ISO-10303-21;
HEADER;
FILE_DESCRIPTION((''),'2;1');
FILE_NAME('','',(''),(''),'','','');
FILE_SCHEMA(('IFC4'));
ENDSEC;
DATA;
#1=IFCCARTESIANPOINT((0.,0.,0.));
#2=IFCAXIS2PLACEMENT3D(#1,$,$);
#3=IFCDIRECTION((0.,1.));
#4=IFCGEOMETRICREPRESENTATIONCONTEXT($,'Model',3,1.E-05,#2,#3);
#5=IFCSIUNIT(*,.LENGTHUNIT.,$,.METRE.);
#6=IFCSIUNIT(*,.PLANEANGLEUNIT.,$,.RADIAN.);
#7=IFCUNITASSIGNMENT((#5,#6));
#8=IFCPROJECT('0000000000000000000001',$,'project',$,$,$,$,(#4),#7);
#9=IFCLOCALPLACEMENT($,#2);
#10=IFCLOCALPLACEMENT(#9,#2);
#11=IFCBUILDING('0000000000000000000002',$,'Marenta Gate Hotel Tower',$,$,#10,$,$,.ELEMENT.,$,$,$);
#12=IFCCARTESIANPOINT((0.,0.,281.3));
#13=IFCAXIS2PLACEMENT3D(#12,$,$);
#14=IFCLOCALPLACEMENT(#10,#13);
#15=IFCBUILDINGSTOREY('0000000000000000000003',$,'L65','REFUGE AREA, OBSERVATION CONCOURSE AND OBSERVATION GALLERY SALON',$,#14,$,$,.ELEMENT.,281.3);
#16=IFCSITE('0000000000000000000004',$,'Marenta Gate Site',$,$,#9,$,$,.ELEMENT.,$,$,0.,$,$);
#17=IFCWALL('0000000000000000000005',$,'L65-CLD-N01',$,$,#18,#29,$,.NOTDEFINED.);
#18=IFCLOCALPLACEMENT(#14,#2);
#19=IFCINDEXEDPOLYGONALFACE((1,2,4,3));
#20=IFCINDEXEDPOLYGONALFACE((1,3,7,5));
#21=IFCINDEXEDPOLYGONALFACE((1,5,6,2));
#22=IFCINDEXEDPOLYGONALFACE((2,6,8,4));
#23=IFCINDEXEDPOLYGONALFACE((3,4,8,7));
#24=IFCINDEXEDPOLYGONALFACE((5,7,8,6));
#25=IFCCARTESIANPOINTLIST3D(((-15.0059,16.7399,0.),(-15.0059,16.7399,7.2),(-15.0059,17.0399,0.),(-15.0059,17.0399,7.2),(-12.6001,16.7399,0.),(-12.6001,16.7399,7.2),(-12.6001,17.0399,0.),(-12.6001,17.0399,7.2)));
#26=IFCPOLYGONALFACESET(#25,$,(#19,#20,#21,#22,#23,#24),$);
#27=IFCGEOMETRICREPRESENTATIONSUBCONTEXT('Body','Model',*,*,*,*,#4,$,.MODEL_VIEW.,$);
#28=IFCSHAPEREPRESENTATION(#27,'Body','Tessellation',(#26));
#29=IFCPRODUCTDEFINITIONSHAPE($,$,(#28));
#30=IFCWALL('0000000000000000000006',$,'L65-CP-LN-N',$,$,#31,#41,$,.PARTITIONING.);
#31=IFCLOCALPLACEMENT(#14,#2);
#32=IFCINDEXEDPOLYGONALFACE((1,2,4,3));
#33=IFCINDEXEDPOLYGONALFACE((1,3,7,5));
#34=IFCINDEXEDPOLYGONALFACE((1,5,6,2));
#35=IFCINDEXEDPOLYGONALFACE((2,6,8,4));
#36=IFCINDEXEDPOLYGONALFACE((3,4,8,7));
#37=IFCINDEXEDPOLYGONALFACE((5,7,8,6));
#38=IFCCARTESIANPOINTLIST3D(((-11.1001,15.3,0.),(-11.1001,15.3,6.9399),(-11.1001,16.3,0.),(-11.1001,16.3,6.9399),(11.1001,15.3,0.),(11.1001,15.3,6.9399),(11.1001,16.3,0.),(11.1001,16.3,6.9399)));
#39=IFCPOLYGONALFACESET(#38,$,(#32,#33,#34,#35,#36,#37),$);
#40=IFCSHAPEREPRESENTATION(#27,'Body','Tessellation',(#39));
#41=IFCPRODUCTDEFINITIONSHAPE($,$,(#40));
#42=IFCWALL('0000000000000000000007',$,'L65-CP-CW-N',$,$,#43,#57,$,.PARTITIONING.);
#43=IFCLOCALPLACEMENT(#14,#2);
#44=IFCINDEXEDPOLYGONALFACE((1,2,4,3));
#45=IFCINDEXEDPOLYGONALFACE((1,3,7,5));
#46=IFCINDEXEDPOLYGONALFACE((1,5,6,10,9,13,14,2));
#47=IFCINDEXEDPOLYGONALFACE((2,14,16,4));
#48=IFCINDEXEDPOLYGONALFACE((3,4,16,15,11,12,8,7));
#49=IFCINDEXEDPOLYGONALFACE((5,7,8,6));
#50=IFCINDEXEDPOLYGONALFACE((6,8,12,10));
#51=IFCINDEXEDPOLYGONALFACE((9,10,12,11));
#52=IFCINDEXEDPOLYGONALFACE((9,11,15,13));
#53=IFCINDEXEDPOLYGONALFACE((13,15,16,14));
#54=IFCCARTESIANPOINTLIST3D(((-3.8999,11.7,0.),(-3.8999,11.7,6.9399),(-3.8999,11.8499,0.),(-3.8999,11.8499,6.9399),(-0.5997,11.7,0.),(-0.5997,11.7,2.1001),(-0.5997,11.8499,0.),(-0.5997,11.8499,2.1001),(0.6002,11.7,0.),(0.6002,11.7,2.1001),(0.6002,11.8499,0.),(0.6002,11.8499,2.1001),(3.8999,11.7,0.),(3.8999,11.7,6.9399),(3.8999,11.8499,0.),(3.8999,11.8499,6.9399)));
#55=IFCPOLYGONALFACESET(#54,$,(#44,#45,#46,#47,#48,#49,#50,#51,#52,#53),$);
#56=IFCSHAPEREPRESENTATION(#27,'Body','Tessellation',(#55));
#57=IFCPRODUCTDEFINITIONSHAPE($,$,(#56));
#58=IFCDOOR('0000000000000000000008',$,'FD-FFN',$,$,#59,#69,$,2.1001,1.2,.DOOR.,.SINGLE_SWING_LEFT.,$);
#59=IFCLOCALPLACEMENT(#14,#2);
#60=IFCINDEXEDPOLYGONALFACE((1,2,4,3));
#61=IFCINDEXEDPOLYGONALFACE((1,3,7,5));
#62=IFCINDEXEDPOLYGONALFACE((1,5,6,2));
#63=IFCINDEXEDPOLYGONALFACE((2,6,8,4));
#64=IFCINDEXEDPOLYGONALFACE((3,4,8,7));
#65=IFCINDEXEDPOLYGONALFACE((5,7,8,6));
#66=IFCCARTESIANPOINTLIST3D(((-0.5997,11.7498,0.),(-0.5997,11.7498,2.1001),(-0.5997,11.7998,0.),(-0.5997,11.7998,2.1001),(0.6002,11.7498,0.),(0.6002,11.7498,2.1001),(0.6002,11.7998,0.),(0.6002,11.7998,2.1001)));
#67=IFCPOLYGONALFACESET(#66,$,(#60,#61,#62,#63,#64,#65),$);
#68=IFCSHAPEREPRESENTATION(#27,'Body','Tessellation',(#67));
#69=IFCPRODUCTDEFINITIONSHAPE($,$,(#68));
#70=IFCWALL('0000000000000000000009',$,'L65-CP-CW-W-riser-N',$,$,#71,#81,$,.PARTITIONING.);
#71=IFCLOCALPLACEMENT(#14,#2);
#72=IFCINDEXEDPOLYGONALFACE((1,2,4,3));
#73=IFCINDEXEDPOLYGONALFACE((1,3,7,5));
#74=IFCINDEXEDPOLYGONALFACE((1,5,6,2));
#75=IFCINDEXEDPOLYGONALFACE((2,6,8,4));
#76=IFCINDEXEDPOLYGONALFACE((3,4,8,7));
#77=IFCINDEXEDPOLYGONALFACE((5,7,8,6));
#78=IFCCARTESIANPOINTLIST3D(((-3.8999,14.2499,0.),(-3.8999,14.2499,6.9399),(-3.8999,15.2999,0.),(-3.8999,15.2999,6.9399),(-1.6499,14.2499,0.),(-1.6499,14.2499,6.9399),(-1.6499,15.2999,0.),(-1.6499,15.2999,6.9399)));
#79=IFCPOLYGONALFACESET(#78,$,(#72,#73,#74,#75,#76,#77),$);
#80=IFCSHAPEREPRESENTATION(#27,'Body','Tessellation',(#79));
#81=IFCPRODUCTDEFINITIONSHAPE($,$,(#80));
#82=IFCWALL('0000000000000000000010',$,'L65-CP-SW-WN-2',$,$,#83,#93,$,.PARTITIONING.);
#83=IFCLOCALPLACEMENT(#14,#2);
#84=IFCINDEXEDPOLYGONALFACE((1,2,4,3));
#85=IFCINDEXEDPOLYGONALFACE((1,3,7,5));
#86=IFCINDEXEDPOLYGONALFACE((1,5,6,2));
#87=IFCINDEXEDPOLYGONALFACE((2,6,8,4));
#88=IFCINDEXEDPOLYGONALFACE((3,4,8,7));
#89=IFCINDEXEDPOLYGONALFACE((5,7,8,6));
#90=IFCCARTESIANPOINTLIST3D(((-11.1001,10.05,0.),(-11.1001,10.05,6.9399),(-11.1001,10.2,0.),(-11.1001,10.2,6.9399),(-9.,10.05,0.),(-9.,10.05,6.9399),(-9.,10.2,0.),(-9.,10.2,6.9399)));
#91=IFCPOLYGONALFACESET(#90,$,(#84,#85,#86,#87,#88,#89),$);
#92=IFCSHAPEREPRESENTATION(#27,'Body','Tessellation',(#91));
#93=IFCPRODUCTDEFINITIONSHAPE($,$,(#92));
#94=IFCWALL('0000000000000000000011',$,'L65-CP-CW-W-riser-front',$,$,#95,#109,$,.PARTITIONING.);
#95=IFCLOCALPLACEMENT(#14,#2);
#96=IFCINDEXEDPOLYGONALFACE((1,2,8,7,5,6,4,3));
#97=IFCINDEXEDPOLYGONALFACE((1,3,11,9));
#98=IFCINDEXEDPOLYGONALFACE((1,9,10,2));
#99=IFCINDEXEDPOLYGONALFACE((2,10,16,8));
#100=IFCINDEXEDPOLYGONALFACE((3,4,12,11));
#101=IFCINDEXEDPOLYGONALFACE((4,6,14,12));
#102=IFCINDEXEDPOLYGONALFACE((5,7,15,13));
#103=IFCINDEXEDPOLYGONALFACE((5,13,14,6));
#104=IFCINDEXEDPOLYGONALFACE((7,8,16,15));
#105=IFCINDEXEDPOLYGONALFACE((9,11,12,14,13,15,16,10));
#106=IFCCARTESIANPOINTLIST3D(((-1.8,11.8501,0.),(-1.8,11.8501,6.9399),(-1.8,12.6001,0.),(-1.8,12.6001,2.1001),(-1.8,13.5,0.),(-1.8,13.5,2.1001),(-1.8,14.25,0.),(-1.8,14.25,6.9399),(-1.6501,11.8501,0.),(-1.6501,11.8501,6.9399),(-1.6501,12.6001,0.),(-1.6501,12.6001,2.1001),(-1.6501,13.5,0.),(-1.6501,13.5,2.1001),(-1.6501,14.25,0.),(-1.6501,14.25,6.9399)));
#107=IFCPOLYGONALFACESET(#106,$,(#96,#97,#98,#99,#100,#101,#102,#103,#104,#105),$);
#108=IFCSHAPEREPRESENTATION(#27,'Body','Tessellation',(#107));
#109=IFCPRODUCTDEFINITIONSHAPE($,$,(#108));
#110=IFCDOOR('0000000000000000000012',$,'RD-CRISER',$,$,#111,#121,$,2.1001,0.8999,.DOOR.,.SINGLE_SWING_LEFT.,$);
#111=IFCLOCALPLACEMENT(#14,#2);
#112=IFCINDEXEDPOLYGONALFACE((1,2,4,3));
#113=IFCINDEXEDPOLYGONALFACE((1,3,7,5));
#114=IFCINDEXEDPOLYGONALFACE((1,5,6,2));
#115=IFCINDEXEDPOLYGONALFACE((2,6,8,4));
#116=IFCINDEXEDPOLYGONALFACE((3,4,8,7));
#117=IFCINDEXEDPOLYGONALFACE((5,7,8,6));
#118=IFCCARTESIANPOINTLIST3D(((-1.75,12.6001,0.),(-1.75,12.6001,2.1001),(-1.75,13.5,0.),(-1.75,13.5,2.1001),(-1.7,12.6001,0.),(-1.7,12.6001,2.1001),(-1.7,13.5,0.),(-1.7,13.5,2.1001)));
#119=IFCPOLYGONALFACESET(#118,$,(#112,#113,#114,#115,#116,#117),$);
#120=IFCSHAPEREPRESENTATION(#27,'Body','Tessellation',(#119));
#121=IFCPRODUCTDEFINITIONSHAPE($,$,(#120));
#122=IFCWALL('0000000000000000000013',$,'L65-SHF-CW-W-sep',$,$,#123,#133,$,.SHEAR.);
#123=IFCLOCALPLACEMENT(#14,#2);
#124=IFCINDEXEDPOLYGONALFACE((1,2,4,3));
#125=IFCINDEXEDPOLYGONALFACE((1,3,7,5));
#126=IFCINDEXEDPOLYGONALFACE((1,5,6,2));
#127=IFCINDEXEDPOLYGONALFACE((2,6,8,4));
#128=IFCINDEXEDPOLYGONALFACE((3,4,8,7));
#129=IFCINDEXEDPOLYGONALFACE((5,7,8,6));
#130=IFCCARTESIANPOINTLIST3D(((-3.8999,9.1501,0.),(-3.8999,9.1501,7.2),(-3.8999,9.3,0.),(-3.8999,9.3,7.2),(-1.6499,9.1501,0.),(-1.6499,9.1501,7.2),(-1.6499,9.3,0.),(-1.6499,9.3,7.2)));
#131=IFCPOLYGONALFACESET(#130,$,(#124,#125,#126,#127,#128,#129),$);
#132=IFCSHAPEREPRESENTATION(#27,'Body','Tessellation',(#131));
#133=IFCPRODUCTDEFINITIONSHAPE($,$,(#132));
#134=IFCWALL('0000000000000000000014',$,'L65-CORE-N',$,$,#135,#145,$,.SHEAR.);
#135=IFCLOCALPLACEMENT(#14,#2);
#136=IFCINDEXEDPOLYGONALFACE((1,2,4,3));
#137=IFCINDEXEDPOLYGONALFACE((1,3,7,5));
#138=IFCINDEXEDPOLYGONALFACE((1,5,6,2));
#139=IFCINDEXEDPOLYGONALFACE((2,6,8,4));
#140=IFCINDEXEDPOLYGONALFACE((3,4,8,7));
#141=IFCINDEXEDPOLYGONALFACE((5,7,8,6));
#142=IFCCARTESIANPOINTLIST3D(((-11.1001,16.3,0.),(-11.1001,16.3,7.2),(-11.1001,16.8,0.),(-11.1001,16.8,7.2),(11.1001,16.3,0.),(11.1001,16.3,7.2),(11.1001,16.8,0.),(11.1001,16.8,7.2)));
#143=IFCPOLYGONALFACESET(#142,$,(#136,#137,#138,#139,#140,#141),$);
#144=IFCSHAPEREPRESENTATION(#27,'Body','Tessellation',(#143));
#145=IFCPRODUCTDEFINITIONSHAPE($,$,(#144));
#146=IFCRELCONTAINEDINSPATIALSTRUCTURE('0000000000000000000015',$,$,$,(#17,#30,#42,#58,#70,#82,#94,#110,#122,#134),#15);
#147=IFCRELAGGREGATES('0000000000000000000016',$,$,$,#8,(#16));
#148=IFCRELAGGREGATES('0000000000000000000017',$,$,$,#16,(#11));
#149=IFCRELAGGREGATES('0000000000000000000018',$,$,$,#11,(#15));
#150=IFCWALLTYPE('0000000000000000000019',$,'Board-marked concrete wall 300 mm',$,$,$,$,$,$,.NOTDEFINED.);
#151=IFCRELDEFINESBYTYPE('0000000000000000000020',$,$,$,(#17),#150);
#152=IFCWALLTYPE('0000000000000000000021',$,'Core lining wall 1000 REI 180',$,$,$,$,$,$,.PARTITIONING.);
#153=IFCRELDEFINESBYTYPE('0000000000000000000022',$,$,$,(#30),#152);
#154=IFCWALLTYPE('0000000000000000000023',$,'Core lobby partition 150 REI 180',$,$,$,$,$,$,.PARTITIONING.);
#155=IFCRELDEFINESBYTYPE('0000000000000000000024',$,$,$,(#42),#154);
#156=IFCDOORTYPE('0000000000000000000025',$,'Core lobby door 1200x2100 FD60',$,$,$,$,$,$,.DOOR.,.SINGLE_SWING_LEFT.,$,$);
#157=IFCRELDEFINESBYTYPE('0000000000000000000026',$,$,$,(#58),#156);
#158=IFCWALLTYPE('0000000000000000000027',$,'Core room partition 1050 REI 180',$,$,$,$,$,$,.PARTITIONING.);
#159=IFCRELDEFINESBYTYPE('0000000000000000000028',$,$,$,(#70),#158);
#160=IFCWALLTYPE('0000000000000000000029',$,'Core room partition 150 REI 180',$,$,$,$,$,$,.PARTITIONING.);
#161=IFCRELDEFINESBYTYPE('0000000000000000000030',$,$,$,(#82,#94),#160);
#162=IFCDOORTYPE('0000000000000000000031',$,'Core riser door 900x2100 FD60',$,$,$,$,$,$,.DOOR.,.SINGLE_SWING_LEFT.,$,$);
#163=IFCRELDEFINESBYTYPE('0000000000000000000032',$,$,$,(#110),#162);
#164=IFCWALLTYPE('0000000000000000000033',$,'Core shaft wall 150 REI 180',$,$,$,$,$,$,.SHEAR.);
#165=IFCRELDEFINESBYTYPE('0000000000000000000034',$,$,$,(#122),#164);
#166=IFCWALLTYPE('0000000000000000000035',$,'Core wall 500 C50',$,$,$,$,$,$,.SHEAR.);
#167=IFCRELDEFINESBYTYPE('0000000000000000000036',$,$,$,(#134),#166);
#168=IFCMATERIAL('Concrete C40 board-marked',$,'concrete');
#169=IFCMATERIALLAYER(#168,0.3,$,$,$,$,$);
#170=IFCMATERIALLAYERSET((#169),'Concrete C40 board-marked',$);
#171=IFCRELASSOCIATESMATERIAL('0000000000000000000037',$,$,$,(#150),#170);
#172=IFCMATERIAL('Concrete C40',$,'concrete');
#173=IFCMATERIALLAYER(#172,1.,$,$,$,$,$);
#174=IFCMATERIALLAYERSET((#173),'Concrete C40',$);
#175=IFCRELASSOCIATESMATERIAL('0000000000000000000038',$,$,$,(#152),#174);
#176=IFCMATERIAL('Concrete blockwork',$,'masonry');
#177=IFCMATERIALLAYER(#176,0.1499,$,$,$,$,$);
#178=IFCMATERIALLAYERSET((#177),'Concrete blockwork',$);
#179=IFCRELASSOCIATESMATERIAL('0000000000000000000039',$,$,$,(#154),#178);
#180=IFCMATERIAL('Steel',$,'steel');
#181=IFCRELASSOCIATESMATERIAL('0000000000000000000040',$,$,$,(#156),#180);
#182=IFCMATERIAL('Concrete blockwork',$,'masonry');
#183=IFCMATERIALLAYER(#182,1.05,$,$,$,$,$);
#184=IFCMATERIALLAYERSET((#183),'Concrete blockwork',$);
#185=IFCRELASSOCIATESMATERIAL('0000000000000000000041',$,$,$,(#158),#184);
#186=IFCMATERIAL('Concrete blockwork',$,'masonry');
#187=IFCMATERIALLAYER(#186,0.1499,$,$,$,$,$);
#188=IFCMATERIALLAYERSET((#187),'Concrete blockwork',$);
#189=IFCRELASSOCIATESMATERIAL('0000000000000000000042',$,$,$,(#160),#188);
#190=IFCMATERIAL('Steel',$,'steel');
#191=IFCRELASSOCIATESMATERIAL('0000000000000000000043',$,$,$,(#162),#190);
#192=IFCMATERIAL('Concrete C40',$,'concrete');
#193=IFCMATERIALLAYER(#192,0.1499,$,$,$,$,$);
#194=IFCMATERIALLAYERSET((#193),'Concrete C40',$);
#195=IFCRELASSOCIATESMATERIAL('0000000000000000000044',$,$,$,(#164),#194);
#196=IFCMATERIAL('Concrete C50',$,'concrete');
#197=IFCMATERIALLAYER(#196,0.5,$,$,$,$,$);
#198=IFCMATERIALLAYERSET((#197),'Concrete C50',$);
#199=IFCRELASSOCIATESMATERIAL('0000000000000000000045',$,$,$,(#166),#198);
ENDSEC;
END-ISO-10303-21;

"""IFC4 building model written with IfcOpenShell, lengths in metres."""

from ifc_helpers import new_model, si_unit, direction, frame, frame_2d, origin, place, context, subcontext, project, spatial, rectangle, extrude, material, layer, layer_set, type_object, element, fill, save


model = new_model("IFC4")

# Units and contexts
model_context = context("Model", 3, precision=1e-05, world=origin(), true_north=direction((0.0, 1.0)))
body_context = subcontext(model_context, "Body", "Model", "MODEL_VIEW")
ifc_project = project(units=[si_unit("LENGTHUNIT", "METRE"), si_unit("PLANEANGLEUNIT", "RADIAN")], contexts=[model_context])

# Site, building, storey
site_placement = place(None, origin())
site = spatial("IfcSite", under=ifc_project, at=site_placement, Name="Marenta Gate Site", CompositionType="ELEMENT", RefElevation=0.0)
building_placement = place(site_placement, origin())
building = spatial("IfcBuilding", under=site, at=building_placement, Name="Marenta Gate Hotel Tower", CompositionType="ELEMENT")
storey_placement = place(building_placement, frame((0.0, 0.0, 281.3)))
storey = spatial("IfcBuildingStorey", under=building, at=storey_placement, Name="L65", Description="REFUGE AREA, OBSERVATION CONCOURSE AND OBSERVATION GALLERY SALON", CompositionType="ELEMENT", Elevation=281.3)

# Walls
ifc_material_1 = material(Name="Concrete C40 board-marked", Category="concrete")
ifc_layer_1 = layer(ifc_material_1, 0.3)
ifc_layer_set_1 = layer_set([ifc_layer_1], Name="Concrete C40 board-marked")
wall_type_1 = type_object("IfcWallType", Name="Board-marked concrete wall 300 mm", PredefinedType="NOTDEFINED", material=ifc_layer_set_1)
wall_1_placement = place(storey_placement, frame((-12.6001, 16.8899, 0.0), z_axis=(0.0, 0.0, 1.0), x_axis=(-1.0, 0.0, 0.0)))
element("IfcWall", 1, at=wall_1_placement, inside=storey, type_object=wall_type_1, Name="L65-CLD-N01", PredefinedType="NOTDEFINED", context=body_context, shape_type="SweptSolid", body=[
    extrude(rectangle(XDim=2.4058, YDim=0.3, at=frame_2d((1.2029, 0.0))), origin(), (0.0, 0.0, 1.0), 7.2),
])
ifc_material_2 = material(Name="Concrete C40", Category="concrete")
ifc_layer_2 = layer(ifc_material_2, 1.0)
ifc_layer_set_2 = layer_set([ifc_layer_2], Name="Concrete C40")
wall_type_2 = type_object("IfcWallType", Name="Core lining wall 1000 REI 180", PredefinedType="PARTITIONING", material=ifc_layer_set_2)
wall_2_placement = place(storey_placement, frame((-11.1001, 15.8, 0.0), z_axis=(0.0, 0.0, 1.0), x_axis=(1.0, 0.0, 0.0)))
element("IfcWall", 2, at=wall_2_placement, inside=storey, type_object=wall_type_2, Name="L65-CP-LN-N", PredefinedType="PARTITIONING", context=body_context, shape_type="SweptSolid", body=[
    extrude(rectangle(XDim=22.2002, YDim=1.0, at=frame_2d((11.1001, 0.0))), origin(), (0.0, 0.0, 1.0), 6.9399),
])

# Wall, opening, door
ifc_material_3 = material(Name="Concrete blockwork", Category="masonry")
ifc_layer_3 = layer(ifc_material_3, 0.1499)
ifc_layer_set_3 = layer_set([ifc_layer_3], Name="Concrete blockwork")
wall_type_3 = type_object("IfcWallType", Name="Core lobby partition 150 REI 180", PredefinedType="PARTITIONING", material=ifc_layer_set_3)
wall_3_placement = place(storey_placement, frame((-3.8999, 11.7749, 0.0), z_axis=(0.0, 0.0, 1.0), x_axis=(1.0, 0.0, 0.0)))
wall_3 = element("IfcWall", 3, at=wall_3_placement, inside=storey, type_object=wall_type_3, Name="L65-CP-CW-N", PredefinedType="PARTITIONING", context=body_context, shape_type="SweptSolid", body=[
    extrude(rectangle(XDim=7.7998, YDim=0.1499, at=frame_2d((3.8999, 0.0))), origin(), (0.0, 0.0, 1.0), 6.9399),
])
opening_1_placement = place(wall_3_placement, frame((3.3, 0.0, 0.0)))
opening_1 = element("IfcOpeningElement", 4, at=opening_1_placement, cuts=wall_3, PredefinedType="OPENING", context=body_context, shape_type="SweptSolid", body=[
    extrude(rectangle(XDim=1.2, YDim=2.1001, at=frame_2d((0.6001, 1.05))), frame((0.0, 0.075, 0.0), z_axis=(0.0, -1.0, 0.0), x_axis=(1.0, 0.0, 0.0)), (0.0, 0.0, 1.0), 0.1499),
])
ifc_material_4 = material(Name="Steel", Category="steel")
door_type_1 = type_object("IfcDoorType", Name="Core lobby door 1200x2100 FD60", OperationType="SINGLE_SWING_LEFT", PredefinedType="DOOR", material=ifc_material_4)
door_1_placement = place(opening_1_placement, origin())
door_1 = element("IfcDoor", 5, at=door_1_placement, inside=storey, type_object=door_type_1, Name="FD-FFN", OperationType="SINGLE_SWING_LEFT", OverallHeight=2.1001, OverallWidth=1.2, PredefinedType="DOOR", context=body_context, shape_type="SweptSolid", body=[
    extrude(rectangle(XDim=1.2, YDim=2.1001, at=frame_2d((0.6001, 1.05))), frame((0.0, 0.0249, 0.0), z_axis=(0.0, -1.0, 0.0), x_axis=(1.0, 0.0, 0.0)), (0.0, 0.0, 1.0), 0.05),
])
fill(opening_1, door_1)

# Walls
ifc_material_5 = material(Name="Concrete blockwork", Category="masonry")
ifc_layer_4 = layer(ifc_material_5, 1.05)
ifc_layer_set_4 = layer_set([ifc_layer_4], Name="Concrete blockwork")
wall_type_4 = type_object("IfcWallType", Name="Core room partition 1050 REI 180", PredefinedType="PARTITIONING", material=ifc_layer_set_4)
wall_4_placement = place(storey_placement, frame((-3.8999, 14.7749, 0.0), z_axis=(0.0, 0.0, 1.0), x_axis=(1.0, 0.0, 0.0)))
element("IfcWall", 6, at=wall_4_placement, inside=storey, type_object=wall_type_4, Name="L65-CP-CW-W-riser-N", PredefinedType="PARTITIONING", context=body_context, shape_type="SweptSolid", body=[
    extrude(rectangle(XDim=2.25, YDim=1.05, at=frame_2d((1.125, 0.0))), origin(), (0.0, 0.0, 1.0), 6.9399),
])
ifc_material_6 = material(Name="Concrete blockwork", Category="masonry")
ifc_layer_5 = layer(ifc_material_6, 0.1499)
ifc_layer_set_5 = layer_set([ifc_layer_5], Name="Concrete blockwork")
wall_type_5 = type_object("IfcWallType", Name="Core room partition 150 REI 180", PredefinedType="PARTITIONING", material=ifc_layer_set_5)
wall_5_placement = place(storey_placement, frame((-11.1001, 10.125, 0.0), z_axis=(0.0, 0.0, 1.0), x_axis=(1.0, 0.0, 0.0)))
element("IfcWall", 7, at=wall_5_placement, inside=storey, type_object=wall_type_5, Name="L65-CP-SW-WN-2", PredefinedType="PARTITIONING", context=body_context, shape_type="SweptSolid", body=[
    extrude(rectangle(XDim=2.1001, YDim=0.1499, at=frame_2d((1.05, 0.0))), origin(), (0.0, 0.0, 1.0), 6.9399),
])

# Wall, opening, door
wall_6_placement = place(storey_placement, frame((-1.7251, 11.8501, 0.0), z_axis=(0.0, 0.0, 1.0), x_axis=(0.0, 1.0, 0.0)))
wall_6 = element("IfcWall", 8, at=wall_6_placement, inside=storey, type_object=wall_type_5, Name="L65-CP-CW-W-riser-front", PredefinedType="PARTITIONING", context=body_context, shape_type="SweptSolid", body=[
    extrude(rectangle(XDim=2.3999, YDim=0.1499, at=frame_2d((1.2, 0.0))), origin(), (0.0, 0.0, 1.0), 6.9399),
])
opening_2_placement = place(wall_6_placement, frame((0.75, 0.0, 0.0)))
opening_2 = element("IfcOpeningElement", 9, at=opening_2_placement, cuts=wall_6, PredefinedType="OPENING", context=body_context, shape_type="SweptSolid", body=[
    extrude(rectangle(XDim=0.8999, YDim=2.1001, at=frame_2d((0.45, 1.05))), frame((0.0, 0.075, 0.0), z_axis=(0.0, -1.0, 0.0), x_axis=(1.0, 0.0, 0.0)), (0.0, 0.0, 1.0), 0.1499),
])
ifc_material_7 = material(Name="Steel", Category="steel")
door_type_2 = type_object("IfcDoorType", Name="Core riser door 900x2100 FD60", OperationType="SINGLE_SWING_LEFT", PredefinedType="DOOR", material=ifc_material_7)
door_2_placement = place(opening_2_placement, origin())
door_2 = element("IfcDoor", 10, at=door_2_placement, inside=storey, type_object=door_type_2, Name="RD-CRISER", OperationType="SINGLE_SWING_LEFT", OverallHeight=2.1001, OverallWidth=0.8999, PredefinedType="DOOR", context=body_context, shape_type="SweptSolid", body=[
    extrude(rectangle(XDim=0.8999, YDim=2.1001, at=frame_2d((0.45, 1.05))), frame((0.0, 0.0249, 0.0), z_axis=(0.0, -1.0, 0.0), x_axis=(1.0, 0.0, 0.0)), (0.0, 0.0, 1.0), 0.05),
])
fill(opening_2, door_2)

# Walls
ifc_material_8 = material(Name="Concrete C40", Category="concrete")
ifc_layer_6 = layer(ifc_material_8, 0.1499)
ifc_layer_set_6 = layer_set([ifc_layer_6], Name="Concrete C40")
wall_type_6 = type_object("IfcWallType", Name="Core shaft wall 150 REI 180", PredefinedType="SHEAR", material=ifc_layer_set_6)
wall_7_placement = place(storey_placement, frame((-3.8999, 9.2251, 0.0), z_axis=(0.0, 0.0, 1.0), x_axis=(1.0, 0.0, 0.0)))
element("IfcWall", 11, at=wall_7_placement, inside=storey, type_object=wall_type_6, Name="L65-SHF-CW-W-sep", PredefinedType="SHEAR", context=body_context, shape_type="SweptSolid", body=[
    extrude(rectangle(XDim=2.25, YDim=0.1499, at=frame_2d((1.125, 0.0))), origin(), (0.0, 0.0, 1.0), 7.2),
])
ifc_material_9 = material(Name="Concrete C50", Category="concrete")
ifc_layer_7 = layer(ifc_material_9, 0.5)
ifc_layer_set_7 = layer_set([ifc_layer_7], Name="Concrete C50")
wall_type_7 = type_object("IfcWallType", Name="Core wall 500 C50", PredefinedType="SHEAR", material=ifc_layer_set_7)
wall_8_placement = place(storey_placement, frame((-11.1001, 16.55, 0.0), z_axis=(0.0, 0.0, 1.0), x_axis=(1.0, 0.0, 0.0)))
element("IfcWall", 12, at=wall_8_placement, inside=storey, type_object=wall_type_7, Name="L65-CORE-N", PredefinedType="SHEAR", context=body_context, shape_type="SweptSolid", body=[
    extrude(rectangle(XDim=22.2002, YDim=0.5, at=frame_2d((11.1001, 0.0))), origin(), (0.0, 0.0, 1.0), 7.2),
])

save(model, "model.ifc")
